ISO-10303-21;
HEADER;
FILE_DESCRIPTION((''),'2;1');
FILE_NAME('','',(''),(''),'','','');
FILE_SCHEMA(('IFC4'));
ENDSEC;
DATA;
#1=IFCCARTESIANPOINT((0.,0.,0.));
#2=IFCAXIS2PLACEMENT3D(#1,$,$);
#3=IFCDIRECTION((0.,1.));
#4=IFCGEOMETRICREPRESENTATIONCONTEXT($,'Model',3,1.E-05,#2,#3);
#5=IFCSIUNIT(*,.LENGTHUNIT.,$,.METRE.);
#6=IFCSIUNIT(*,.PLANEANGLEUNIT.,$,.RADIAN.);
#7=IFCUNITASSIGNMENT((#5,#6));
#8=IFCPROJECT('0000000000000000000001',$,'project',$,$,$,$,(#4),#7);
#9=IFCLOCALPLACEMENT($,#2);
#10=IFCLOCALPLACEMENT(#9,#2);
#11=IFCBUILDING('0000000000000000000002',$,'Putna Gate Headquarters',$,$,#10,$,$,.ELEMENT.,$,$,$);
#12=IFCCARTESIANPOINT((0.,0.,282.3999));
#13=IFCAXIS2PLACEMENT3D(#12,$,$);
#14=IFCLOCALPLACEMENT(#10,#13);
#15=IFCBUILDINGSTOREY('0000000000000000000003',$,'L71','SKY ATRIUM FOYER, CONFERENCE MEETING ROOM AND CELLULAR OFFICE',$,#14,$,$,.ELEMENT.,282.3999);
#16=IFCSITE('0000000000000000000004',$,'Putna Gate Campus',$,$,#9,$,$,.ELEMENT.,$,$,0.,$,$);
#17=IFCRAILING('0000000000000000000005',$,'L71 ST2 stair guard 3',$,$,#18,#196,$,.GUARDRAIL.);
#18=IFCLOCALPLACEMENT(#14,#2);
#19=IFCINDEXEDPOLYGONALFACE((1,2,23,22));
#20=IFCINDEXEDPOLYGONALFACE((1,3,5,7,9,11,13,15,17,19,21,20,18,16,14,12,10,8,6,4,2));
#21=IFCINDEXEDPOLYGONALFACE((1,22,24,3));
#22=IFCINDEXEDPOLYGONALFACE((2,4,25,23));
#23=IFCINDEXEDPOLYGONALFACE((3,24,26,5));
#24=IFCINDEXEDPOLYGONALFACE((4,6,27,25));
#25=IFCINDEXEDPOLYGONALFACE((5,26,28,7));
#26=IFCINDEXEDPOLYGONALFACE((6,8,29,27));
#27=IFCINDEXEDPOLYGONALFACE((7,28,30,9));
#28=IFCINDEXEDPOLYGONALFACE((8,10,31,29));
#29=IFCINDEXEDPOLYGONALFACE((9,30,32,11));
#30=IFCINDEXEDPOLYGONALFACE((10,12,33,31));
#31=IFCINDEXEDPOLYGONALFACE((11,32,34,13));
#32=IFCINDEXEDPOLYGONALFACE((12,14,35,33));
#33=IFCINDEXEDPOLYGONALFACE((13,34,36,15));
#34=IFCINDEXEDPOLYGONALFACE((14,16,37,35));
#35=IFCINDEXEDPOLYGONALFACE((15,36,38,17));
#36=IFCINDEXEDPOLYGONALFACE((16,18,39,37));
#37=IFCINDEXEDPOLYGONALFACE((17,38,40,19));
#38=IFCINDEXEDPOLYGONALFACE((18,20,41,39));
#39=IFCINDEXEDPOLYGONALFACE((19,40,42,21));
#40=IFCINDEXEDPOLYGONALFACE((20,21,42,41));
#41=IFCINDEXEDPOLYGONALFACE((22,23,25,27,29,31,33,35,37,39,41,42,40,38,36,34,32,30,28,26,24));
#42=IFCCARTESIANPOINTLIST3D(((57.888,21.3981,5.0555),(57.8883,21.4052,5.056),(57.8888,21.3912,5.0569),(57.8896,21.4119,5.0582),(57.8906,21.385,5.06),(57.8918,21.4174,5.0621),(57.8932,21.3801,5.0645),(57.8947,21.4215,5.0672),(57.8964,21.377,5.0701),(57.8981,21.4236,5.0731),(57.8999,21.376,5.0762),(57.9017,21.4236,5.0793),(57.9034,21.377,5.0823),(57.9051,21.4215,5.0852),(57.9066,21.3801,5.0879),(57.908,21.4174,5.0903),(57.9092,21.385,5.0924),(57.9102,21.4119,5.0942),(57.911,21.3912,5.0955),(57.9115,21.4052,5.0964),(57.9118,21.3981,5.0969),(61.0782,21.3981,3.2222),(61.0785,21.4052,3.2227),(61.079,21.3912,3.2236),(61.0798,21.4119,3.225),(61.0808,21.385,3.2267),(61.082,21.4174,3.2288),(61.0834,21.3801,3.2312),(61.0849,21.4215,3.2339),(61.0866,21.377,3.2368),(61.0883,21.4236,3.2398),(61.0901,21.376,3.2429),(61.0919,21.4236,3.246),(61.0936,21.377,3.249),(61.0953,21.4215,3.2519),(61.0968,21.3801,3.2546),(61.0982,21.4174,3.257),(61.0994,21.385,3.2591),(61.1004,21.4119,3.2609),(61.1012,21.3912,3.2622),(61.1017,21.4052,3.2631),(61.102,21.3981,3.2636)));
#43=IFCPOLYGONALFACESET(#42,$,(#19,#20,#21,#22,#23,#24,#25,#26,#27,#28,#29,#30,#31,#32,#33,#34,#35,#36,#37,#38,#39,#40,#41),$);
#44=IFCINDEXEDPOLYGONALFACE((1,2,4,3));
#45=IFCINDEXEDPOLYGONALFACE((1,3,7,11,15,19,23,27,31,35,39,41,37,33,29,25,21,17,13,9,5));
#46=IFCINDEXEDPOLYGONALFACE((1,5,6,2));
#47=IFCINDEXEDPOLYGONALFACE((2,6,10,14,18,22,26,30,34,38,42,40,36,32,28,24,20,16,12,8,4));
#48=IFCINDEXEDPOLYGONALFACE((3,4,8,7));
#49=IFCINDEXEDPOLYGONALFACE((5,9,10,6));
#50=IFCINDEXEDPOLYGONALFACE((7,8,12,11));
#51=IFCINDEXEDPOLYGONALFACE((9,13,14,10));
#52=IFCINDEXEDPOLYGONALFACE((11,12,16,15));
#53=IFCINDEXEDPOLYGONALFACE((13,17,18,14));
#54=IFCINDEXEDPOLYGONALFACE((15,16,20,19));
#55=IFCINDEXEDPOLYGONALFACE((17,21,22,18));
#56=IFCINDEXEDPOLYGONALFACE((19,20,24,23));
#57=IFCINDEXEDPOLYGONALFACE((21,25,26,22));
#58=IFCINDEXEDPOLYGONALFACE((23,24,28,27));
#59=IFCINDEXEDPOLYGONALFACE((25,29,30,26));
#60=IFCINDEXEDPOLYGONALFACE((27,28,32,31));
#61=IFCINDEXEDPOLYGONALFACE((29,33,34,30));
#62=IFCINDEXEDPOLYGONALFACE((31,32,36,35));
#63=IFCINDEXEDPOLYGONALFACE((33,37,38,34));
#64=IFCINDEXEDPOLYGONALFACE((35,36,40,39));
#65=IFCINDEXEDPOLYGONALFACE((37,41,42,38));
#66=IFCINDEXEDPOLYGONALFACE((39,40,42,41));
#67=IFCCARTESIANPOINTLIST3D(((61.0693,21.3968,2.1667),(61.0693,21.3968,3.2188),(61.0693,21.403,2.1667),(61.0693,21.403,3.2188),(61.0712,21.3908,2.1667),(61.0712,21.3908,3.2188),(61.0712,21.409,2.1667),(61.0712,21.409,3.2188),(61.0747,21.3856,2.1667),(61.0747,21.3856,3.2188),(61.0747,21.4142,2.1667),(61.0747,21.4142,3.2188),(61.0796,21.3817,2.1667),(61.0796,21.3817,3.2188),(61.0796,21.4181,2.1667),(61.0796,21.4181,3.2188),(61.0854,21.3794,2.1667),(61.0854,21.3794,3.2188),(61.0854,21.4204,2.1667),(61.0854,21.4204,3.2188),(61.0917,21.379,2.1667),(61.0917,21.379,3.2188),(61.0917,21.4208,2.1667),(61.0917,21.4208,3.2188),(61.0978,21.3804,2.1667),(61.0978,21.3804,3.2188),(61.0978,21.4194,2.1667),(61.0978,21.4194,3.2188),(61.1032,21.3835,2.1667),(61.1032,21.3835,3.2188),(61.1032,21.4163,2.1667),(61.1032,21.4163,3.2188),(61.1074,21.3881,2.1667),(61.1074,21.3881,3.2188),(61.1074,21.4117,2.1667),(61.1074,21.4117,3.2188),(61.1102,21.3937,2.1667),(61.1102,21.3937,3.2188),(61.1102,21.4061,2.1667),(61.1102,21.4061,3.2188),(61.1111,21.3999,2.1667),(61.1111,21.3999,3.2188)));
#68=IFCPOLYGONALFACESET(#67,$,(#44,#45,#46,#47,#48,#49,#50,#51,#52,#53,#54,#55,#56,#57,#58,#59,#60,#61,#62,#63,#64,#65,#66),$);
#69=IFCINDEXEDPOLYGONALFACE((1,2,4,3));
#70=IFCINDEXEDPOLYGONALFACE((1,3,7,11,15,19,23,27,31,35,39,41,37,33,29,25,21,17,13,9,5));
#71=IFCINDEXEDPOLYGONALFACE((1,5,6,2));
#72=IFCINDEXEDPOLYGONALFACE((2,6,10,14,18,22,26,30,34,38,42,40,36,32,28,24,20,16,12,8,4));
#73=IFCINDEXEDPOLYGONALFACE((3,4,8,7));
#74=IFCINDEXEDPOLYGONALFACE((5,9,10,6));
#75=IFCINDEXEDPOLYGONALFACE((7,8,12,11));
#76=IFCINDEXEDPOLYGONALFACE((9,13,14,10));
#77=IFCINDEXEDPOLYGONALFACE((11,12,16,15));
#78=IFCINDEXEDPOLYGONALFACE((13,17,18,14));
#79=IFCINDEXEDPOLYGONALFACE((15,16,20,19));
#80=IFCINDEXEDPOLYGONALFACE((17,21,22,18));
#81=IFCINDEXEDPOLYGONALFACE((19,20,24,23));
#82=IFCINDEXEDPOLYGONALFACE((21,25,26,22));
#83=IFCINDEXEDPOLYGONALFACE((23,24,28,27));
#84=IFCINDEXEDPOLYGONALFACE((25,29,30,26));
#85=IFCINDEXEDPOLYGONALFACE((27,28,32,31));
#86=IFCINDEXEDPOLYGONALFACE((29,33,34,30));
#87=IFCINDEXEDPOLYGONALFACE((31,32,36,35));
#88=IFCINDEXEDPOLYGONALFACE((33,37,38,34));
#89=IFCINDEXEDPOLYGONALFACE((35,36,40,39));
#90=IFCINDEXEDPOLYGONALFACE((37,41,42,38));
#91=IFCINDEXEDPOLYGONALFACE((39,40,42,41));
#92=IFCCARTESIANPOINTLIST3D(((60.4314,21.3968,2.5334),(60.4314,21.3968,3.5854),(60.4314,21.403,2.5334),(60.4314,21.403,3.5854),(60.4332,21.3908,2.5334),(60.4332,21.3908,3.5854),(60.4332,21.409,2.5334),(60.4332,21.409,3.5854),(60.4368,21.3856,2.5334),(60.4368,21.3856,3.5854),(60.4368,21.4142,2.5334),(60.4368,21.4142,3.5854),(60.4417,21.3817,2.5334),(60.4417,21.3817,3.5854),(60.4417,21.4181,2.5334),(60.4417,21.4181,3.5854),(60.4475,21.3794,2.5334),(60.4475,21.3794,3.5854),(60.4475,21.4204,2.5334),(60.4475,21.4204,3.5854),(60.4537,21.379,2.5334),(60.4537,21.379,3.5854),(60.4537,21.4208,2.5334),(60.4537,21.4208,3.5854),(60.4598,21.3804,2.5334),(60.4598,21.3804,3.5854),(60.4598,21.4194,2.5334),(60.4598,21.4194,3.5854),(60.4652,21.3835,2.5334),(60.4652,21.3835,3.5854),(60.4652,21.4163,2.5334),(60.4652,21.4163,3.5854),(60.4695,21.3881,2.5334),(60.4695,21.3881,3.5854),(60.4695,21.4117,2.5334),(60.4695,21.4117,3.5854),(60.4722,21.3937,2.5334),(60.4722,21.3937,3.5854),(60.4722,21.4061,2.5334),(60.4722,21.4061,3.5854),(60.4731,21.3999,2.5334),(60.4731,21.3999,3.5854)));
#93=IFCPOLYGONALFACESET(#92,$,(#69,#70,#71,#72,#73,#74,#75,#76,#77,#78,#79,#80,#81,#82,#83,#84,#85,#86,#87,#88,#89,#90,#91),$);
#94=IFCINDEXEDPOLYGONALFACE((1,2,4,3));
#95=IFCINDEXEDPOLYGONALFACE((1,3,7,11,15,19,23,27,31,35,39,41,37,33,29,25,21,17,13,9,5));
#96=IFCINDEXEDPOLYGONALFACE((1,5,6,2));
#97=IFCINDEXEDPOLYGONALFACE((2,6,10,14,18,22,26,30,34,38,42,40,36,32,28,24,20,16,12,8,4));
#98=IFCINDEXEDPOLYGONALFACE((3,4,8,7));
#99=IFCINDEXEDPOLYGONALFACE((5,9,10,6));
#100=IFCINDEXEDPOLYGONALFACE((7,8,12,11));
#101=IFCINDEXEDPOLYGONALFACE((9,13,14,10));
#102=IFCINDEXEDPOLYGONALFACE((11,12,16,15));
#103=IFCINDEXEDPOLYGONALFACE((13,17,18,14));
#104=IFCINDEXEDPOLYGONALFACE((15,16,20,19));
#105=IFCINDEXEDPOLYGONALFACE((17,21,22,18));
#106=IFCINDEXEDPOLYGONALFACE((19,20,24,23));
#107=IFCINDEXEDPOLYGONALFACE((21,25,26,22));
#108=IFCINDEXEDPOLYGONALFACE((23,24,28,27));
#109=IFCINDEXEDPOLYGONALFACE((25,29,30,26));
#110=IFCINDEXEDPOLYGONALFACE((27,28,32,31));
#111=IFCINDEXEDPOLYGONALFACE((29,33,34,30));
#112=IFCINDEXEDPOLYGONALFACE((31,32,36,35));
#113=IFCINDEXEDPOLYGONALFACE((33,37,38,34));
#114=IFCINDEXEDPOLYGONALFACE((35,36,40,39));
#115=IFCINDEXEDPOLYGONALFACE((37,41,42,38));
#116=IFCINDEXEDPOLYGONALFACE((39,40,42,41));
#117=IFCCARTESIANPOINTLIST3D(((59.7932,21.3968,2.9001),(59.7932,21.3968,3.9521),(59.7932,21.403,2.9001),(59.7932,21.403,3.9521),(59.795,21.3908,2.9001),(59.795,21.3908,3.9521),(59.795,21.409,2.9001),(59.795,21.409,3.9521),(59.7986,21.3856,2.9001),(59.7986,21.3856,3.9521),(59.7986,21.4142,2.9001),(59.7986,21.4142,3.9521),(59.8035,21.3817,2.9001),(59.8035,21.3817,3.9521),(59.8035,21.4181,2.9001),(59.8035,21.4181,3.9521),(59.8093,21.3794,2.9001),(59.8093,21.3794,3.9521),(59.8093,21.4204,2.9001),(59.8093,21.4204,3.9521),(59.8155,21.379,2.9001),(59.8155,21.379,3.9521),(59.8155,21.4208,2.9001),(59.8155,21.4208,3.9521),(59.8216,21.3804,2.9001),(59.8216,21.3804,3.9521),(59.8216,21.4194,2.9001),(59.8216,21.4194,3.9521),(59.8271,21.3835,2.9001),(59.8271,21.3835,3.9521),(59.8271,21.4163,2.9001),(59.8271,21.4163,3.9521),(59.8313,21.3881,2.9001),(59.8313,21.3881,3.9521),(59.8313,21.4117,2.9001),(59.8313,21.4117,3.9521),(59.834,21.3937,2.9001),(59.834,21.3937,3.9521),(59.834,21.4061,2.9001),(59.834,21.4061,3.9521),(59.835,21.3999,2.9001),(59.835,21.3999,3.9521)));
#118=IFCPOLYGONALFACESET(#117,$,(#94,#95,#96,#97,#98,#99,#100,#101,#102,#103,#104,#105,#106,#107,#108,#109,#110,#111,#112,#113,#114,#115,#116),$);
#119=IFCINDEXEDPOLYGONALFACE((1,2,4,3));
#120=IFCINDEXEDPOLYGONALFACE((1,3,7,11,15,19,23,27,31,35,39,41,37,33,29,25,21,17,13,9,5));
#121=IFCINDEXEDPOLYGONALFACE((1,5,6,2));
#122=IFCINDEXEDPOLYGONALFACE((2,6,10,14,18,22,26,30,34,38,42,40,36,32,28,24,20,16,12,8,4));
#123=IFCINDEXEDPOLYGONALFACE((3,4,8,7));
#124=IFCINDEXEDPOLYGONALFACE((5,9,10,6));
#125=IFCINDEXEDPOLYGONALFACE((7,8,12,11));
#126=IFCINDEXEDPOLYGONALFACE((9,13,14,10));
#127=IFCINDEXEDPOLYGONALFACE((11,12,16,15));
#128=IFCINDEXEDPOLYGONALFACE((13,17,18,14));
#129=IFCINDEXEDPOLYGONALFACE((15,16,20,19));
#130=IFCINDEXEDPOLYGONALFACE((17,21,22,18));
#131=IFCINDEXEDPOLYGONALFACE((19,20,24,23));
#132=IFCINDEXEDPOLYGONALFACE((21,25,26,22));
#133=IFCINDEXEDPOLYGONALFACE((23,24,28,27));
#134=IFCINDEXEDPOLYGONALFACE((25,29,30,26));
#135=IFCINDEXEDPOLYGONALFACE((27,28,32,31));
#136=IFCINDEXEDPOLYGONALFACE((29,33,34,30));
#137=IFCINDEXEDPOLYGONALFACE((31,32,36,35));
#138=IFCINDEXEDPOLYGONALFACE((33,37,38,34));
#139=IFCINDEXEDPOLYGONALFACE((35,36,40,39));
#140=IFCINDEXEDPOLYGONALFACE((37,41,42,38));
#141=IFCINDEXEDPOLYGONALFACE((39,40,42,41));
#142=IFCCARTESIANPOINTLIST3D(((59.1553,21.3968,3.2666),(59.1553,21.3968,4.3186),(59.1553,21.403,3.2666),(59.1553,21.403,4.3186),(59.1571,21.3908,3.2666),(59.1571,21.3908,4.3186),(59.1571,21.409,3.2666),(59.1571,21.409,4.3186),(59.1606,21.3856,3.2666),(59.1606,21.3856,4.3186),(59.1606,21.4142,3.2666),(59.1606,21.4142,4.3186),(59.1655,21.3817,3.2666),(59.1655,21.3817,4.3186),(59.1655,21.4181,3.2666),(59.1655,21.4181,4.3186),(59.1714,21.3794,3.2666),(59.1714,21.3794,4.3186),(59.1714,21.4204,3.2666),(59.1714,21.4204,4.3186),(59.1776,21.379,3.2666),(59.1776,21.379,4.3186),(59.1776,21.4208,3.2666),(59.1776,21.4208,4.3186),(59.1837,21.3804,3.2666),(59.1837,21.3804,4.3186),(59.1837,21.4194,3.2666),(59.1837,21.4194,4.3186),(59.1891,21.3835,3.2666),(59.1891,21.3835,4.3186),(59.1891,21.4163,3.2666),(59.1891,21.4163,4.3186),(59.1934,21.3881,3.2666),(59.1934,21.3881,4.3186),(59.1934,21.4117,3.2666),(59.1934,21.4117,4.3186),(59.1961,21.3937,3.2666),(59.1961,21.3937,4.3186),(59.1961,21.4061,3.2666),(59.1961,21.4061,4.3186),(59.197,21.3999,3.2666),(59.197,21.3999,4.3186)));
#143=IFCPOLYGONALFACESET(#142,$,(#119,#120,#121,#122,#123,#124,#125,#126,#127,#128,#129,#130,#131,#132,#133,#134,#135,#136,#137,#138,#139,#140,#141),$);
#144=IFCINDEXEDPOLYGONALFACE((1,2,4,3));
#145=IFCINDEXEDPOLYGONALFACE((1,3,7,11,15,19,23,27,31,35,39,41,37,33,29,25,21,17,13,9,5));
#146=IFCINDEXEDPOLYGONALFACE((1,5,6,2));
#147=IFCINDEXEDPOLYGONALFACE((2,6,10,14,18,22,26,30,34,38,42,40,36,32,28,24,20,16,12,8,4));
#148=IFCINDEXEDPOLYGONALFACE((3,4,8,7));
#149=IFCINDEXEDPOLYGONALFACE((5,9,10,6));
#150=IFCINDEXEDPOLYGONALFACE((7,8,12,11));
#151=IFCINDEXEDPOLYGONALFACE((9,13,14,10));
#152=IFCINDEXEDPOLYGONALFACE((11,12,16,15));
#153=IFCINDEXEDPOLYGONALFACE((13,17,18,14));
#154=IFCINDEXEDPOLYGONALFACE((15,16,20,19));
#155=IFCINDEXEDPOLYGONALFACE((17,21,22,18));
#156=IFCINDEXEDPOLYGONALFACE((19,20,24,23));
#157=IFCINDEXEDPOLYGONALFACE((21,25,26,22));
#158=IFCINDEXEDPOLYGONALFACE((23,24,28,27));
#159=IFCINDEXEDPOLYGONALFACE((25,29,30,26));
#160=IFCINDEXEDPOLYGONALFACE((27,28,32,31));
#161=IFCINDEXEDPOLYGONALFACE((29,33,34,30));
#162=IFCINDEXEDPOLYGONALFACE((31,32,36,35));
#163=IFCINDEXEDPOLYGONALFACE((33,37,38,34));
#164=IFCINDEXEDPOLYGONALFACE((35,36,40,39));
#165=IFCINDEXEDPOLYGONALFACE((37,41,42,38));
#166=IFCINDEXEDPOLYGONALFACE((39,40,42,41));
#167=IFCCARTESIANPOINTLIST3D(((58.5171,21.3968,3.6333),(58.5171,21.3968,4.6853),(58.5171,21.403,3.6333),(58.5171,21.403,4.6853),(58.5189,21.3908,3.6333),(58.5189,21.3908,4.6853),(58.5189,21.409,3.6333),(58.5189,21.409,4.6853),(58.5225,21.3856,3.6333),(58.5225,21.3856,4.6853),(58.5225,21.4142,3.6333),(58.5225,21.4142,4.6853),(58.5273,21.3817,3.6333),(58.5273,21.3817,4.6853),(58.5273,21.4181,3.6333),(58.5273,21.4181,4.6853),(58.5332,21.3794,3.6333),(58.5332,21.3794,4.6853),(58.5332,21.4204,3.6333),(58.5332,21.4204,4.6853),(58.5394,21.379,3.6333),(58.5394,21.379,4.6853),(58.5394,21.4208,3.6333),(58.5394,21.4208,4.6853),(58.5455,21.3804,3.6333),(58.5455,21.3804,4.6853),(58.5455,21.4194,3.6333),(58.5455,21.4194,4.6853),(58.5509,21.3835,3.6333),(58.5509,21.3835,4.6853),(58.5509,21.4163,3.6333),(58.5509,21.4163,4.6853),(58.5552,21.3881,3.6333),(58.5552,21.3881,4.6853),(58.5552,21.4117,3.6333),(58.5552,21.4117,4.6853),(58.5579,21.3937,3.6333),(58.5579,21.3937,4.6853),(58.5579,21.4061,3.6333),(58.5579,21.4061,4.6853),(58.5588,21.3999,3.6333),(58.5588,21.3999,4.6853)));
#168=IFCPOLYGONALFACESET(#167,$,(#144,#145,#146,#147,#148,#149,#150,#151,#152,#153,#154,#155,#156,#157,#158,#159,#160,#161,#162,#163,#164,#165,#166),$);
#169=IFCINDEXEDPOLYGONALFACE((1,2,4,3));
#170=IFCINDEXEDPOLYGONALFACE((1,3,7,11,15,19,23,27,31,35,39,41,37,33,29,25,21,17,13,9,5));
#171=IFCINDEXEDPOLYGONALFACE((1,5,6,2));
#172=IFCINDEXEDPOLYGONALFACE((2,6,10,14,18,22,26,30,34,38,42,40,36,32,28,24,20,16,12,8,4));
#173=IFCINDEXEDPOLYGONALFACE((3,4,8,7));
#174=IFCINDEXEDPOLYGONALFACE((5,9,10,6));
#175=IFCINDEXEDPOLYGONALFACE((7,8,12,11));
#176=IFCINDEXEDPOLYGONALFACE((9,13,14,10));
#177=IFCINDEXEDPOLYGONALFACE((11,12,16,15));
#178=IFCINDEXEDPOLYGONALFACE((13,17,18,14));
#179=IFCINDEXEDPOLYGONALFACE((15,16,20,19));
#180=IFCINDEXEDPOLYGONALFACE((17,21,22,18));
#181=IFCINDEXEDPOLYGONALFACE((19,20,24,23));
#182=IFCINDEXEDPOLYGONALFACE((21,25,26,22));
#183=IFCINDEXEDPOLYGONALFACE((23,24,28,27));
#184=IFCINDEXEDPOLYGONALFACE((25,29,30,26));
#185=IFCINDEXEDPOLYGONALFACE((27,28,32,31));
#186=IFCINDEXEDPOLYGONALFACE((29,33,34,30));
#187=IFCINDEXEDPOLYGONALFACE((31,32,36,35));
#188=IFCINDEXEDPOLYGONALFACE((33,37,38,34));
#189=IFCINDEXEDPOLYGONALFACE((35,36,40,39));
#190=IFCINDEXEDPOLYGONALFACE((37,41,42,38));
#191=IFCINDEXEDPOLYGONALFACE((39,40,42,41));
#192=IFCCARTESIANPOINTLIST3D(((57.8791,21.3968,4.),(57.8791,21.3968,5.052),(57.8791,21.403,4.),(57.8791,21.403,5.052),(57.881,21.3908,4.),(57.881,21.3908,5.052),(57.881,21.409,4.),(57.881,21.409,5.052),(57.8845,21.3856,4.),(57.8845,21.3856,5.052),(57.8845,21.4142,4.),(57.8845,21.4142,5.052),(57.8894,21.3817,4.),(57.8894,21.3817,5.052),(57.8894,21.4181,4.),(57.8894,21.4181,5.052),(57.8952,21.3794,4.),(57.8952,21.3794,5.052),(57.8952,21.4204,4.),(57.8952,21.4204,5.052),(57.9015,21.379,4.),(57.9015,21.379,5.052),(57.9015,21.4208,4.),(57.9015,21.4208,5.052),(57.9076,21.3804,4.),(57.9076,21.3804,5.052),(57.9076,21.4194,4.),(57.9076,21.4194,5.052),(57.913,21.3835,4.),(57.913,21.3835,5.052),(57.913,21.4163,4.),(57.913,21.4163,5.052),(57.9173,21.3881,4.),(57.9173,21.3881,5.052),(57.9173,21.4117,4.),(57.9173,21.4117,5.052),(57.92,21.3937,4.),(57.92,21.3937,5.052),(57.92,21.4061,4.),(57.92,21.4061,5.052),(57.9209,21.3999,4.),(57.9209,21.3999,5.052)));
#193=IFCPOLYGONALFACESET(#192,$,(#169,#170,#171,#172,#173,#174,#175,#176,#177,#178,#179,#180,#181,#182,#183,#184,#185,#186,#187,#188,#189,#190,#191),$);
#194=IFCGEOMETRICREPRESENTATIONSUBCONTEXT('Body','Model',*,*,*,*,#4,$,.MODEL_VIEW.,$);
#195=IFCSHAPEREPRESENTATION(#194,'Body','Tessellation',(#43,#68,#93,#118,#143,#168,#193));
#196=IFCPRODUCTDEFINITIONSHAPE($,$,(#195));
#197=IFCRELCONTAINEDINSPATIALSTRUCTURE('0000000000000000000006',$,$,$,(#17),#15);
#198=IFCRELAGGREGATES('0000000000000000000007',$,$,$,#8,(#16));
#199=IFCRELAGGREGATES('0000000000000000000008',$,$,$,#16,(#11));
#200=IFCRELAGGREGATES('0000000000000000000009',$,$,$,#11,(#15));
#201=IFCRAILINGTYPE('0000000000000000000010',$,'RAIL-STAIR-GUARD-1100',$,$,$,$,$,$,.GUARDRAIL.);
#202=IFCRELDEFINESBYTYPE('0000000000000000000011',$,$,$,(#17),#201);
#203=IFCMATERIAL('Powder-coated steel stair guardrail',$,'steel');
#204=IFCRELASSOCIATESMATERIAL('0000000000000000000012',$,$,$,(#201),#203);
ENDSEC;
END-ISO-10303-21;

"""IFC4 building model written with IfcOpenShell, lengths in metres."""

from ifc_helpers import new_model, si_unit, direction, frame, origin, origin_2d, place, context, subcontext, project, spatial, circle, extrude, material, type_object, element, save


model = new_model("IFC4")

# Units and contexts
model_context = context("Model", 3, precision=1e-05, world=origin(), true_north=direction((0.0, 1.0)))
body_context = subcontext(model_context, "Body", "Model", "MODEL_VIEW")
ifc_project = project(units=[si_unit("LENGTHUNIT", "METRE"), si_unit("PLANEANGLEUNIT", "RADIAN")], contexts=[model_context])

# Site, building, storey
site_placement = place(None, origin())
site = spatial("IfcSite", under=ifc_project, at=site_placement, Name="Putna Gate Campus", CompositionType="ELEMENT", RefElevation=0.0)
building_placement = place(site_placement, origin())
building = spatial("IfcBuilding", under=site, at=building_placement, Name="Putna Gate Headquarters", CompositionType="ELEMENT")
storey_placement = place(building_placement, frame((0.0, 0.0, 282.3999)))
storey = spatial("IfcBuildingStorey", under=building, at=storey_placement, Name="L71", Description="SKY ATRIUM FOYER, CONFERENCE MEETING ROOM AND CELLULAR OFFICE", CompositionType="ELEMENT", Elevation=282.3999)

# Railing
ifc_material_1 = material(Name="Powder-coated steel stair guardrail", Category="steel")
railing_type = type_object("IfcRailingType", Name="RAIL-STAIR-GUARD-1100", PredefinedType="GUARDRAIL", material=ifc_material_1)
railing_1_placement = place(storey_placement, frame((61.0901, 21.3999, 2.1667)))
element("IfcRailing", 1, at=railing_1_placement, inside=storey, type_object=railing_type, Name="L71 ST2 stair guard 3", PredefinedType="GUARDRAIL", context=body_context, shape_type="SweptSolid", body=[
    extrude(circle(Radius=0.0239, at=origin_2d()), frame((0.0, 0.0, 1.0762), z_axis=(-0.867036, 0.0, 0.498245), x_axis=(0.0, -1.0, 0.0)), (0.0, 0.0, 1.0), 3.6794),
    extrude(circle(Radius=0.021, at=origin_2d()), origin(), (0.0, 0.0, 1.0), 1.052),
    extrude(circle(Radius=0.021, at=origin_2d()), frame((-0.6379, 0.0, 0.3667)), (0.0, 0.0, 1.0), 1.052),
    extrude(circle(Radius=0.021, at=origin_2d()), frame((-1.2761, 0.0, 0.7334)), (0.0, 0.0, 1.0), 1.052),
    extrude(circle(Radius=0.021, at=origin_2d()), frame((-1.9141, 0.0, 1.0999)), (0.0, 0.0, 1.0), 1.052),
    extrude(circle(Radius=0.021, at=origin_2d()), frame((-2.5522, 0.0, 1.4666)), (0.0, 0.0, 1.0), 1.052),
    extrude(circle(Radius=0.021, at=origin_2d()), frame((-3.1902, 0.0, 1.8333)), (0.0, 0.0, 1.0), 1.052),
])

save(model, "model.ifc")
